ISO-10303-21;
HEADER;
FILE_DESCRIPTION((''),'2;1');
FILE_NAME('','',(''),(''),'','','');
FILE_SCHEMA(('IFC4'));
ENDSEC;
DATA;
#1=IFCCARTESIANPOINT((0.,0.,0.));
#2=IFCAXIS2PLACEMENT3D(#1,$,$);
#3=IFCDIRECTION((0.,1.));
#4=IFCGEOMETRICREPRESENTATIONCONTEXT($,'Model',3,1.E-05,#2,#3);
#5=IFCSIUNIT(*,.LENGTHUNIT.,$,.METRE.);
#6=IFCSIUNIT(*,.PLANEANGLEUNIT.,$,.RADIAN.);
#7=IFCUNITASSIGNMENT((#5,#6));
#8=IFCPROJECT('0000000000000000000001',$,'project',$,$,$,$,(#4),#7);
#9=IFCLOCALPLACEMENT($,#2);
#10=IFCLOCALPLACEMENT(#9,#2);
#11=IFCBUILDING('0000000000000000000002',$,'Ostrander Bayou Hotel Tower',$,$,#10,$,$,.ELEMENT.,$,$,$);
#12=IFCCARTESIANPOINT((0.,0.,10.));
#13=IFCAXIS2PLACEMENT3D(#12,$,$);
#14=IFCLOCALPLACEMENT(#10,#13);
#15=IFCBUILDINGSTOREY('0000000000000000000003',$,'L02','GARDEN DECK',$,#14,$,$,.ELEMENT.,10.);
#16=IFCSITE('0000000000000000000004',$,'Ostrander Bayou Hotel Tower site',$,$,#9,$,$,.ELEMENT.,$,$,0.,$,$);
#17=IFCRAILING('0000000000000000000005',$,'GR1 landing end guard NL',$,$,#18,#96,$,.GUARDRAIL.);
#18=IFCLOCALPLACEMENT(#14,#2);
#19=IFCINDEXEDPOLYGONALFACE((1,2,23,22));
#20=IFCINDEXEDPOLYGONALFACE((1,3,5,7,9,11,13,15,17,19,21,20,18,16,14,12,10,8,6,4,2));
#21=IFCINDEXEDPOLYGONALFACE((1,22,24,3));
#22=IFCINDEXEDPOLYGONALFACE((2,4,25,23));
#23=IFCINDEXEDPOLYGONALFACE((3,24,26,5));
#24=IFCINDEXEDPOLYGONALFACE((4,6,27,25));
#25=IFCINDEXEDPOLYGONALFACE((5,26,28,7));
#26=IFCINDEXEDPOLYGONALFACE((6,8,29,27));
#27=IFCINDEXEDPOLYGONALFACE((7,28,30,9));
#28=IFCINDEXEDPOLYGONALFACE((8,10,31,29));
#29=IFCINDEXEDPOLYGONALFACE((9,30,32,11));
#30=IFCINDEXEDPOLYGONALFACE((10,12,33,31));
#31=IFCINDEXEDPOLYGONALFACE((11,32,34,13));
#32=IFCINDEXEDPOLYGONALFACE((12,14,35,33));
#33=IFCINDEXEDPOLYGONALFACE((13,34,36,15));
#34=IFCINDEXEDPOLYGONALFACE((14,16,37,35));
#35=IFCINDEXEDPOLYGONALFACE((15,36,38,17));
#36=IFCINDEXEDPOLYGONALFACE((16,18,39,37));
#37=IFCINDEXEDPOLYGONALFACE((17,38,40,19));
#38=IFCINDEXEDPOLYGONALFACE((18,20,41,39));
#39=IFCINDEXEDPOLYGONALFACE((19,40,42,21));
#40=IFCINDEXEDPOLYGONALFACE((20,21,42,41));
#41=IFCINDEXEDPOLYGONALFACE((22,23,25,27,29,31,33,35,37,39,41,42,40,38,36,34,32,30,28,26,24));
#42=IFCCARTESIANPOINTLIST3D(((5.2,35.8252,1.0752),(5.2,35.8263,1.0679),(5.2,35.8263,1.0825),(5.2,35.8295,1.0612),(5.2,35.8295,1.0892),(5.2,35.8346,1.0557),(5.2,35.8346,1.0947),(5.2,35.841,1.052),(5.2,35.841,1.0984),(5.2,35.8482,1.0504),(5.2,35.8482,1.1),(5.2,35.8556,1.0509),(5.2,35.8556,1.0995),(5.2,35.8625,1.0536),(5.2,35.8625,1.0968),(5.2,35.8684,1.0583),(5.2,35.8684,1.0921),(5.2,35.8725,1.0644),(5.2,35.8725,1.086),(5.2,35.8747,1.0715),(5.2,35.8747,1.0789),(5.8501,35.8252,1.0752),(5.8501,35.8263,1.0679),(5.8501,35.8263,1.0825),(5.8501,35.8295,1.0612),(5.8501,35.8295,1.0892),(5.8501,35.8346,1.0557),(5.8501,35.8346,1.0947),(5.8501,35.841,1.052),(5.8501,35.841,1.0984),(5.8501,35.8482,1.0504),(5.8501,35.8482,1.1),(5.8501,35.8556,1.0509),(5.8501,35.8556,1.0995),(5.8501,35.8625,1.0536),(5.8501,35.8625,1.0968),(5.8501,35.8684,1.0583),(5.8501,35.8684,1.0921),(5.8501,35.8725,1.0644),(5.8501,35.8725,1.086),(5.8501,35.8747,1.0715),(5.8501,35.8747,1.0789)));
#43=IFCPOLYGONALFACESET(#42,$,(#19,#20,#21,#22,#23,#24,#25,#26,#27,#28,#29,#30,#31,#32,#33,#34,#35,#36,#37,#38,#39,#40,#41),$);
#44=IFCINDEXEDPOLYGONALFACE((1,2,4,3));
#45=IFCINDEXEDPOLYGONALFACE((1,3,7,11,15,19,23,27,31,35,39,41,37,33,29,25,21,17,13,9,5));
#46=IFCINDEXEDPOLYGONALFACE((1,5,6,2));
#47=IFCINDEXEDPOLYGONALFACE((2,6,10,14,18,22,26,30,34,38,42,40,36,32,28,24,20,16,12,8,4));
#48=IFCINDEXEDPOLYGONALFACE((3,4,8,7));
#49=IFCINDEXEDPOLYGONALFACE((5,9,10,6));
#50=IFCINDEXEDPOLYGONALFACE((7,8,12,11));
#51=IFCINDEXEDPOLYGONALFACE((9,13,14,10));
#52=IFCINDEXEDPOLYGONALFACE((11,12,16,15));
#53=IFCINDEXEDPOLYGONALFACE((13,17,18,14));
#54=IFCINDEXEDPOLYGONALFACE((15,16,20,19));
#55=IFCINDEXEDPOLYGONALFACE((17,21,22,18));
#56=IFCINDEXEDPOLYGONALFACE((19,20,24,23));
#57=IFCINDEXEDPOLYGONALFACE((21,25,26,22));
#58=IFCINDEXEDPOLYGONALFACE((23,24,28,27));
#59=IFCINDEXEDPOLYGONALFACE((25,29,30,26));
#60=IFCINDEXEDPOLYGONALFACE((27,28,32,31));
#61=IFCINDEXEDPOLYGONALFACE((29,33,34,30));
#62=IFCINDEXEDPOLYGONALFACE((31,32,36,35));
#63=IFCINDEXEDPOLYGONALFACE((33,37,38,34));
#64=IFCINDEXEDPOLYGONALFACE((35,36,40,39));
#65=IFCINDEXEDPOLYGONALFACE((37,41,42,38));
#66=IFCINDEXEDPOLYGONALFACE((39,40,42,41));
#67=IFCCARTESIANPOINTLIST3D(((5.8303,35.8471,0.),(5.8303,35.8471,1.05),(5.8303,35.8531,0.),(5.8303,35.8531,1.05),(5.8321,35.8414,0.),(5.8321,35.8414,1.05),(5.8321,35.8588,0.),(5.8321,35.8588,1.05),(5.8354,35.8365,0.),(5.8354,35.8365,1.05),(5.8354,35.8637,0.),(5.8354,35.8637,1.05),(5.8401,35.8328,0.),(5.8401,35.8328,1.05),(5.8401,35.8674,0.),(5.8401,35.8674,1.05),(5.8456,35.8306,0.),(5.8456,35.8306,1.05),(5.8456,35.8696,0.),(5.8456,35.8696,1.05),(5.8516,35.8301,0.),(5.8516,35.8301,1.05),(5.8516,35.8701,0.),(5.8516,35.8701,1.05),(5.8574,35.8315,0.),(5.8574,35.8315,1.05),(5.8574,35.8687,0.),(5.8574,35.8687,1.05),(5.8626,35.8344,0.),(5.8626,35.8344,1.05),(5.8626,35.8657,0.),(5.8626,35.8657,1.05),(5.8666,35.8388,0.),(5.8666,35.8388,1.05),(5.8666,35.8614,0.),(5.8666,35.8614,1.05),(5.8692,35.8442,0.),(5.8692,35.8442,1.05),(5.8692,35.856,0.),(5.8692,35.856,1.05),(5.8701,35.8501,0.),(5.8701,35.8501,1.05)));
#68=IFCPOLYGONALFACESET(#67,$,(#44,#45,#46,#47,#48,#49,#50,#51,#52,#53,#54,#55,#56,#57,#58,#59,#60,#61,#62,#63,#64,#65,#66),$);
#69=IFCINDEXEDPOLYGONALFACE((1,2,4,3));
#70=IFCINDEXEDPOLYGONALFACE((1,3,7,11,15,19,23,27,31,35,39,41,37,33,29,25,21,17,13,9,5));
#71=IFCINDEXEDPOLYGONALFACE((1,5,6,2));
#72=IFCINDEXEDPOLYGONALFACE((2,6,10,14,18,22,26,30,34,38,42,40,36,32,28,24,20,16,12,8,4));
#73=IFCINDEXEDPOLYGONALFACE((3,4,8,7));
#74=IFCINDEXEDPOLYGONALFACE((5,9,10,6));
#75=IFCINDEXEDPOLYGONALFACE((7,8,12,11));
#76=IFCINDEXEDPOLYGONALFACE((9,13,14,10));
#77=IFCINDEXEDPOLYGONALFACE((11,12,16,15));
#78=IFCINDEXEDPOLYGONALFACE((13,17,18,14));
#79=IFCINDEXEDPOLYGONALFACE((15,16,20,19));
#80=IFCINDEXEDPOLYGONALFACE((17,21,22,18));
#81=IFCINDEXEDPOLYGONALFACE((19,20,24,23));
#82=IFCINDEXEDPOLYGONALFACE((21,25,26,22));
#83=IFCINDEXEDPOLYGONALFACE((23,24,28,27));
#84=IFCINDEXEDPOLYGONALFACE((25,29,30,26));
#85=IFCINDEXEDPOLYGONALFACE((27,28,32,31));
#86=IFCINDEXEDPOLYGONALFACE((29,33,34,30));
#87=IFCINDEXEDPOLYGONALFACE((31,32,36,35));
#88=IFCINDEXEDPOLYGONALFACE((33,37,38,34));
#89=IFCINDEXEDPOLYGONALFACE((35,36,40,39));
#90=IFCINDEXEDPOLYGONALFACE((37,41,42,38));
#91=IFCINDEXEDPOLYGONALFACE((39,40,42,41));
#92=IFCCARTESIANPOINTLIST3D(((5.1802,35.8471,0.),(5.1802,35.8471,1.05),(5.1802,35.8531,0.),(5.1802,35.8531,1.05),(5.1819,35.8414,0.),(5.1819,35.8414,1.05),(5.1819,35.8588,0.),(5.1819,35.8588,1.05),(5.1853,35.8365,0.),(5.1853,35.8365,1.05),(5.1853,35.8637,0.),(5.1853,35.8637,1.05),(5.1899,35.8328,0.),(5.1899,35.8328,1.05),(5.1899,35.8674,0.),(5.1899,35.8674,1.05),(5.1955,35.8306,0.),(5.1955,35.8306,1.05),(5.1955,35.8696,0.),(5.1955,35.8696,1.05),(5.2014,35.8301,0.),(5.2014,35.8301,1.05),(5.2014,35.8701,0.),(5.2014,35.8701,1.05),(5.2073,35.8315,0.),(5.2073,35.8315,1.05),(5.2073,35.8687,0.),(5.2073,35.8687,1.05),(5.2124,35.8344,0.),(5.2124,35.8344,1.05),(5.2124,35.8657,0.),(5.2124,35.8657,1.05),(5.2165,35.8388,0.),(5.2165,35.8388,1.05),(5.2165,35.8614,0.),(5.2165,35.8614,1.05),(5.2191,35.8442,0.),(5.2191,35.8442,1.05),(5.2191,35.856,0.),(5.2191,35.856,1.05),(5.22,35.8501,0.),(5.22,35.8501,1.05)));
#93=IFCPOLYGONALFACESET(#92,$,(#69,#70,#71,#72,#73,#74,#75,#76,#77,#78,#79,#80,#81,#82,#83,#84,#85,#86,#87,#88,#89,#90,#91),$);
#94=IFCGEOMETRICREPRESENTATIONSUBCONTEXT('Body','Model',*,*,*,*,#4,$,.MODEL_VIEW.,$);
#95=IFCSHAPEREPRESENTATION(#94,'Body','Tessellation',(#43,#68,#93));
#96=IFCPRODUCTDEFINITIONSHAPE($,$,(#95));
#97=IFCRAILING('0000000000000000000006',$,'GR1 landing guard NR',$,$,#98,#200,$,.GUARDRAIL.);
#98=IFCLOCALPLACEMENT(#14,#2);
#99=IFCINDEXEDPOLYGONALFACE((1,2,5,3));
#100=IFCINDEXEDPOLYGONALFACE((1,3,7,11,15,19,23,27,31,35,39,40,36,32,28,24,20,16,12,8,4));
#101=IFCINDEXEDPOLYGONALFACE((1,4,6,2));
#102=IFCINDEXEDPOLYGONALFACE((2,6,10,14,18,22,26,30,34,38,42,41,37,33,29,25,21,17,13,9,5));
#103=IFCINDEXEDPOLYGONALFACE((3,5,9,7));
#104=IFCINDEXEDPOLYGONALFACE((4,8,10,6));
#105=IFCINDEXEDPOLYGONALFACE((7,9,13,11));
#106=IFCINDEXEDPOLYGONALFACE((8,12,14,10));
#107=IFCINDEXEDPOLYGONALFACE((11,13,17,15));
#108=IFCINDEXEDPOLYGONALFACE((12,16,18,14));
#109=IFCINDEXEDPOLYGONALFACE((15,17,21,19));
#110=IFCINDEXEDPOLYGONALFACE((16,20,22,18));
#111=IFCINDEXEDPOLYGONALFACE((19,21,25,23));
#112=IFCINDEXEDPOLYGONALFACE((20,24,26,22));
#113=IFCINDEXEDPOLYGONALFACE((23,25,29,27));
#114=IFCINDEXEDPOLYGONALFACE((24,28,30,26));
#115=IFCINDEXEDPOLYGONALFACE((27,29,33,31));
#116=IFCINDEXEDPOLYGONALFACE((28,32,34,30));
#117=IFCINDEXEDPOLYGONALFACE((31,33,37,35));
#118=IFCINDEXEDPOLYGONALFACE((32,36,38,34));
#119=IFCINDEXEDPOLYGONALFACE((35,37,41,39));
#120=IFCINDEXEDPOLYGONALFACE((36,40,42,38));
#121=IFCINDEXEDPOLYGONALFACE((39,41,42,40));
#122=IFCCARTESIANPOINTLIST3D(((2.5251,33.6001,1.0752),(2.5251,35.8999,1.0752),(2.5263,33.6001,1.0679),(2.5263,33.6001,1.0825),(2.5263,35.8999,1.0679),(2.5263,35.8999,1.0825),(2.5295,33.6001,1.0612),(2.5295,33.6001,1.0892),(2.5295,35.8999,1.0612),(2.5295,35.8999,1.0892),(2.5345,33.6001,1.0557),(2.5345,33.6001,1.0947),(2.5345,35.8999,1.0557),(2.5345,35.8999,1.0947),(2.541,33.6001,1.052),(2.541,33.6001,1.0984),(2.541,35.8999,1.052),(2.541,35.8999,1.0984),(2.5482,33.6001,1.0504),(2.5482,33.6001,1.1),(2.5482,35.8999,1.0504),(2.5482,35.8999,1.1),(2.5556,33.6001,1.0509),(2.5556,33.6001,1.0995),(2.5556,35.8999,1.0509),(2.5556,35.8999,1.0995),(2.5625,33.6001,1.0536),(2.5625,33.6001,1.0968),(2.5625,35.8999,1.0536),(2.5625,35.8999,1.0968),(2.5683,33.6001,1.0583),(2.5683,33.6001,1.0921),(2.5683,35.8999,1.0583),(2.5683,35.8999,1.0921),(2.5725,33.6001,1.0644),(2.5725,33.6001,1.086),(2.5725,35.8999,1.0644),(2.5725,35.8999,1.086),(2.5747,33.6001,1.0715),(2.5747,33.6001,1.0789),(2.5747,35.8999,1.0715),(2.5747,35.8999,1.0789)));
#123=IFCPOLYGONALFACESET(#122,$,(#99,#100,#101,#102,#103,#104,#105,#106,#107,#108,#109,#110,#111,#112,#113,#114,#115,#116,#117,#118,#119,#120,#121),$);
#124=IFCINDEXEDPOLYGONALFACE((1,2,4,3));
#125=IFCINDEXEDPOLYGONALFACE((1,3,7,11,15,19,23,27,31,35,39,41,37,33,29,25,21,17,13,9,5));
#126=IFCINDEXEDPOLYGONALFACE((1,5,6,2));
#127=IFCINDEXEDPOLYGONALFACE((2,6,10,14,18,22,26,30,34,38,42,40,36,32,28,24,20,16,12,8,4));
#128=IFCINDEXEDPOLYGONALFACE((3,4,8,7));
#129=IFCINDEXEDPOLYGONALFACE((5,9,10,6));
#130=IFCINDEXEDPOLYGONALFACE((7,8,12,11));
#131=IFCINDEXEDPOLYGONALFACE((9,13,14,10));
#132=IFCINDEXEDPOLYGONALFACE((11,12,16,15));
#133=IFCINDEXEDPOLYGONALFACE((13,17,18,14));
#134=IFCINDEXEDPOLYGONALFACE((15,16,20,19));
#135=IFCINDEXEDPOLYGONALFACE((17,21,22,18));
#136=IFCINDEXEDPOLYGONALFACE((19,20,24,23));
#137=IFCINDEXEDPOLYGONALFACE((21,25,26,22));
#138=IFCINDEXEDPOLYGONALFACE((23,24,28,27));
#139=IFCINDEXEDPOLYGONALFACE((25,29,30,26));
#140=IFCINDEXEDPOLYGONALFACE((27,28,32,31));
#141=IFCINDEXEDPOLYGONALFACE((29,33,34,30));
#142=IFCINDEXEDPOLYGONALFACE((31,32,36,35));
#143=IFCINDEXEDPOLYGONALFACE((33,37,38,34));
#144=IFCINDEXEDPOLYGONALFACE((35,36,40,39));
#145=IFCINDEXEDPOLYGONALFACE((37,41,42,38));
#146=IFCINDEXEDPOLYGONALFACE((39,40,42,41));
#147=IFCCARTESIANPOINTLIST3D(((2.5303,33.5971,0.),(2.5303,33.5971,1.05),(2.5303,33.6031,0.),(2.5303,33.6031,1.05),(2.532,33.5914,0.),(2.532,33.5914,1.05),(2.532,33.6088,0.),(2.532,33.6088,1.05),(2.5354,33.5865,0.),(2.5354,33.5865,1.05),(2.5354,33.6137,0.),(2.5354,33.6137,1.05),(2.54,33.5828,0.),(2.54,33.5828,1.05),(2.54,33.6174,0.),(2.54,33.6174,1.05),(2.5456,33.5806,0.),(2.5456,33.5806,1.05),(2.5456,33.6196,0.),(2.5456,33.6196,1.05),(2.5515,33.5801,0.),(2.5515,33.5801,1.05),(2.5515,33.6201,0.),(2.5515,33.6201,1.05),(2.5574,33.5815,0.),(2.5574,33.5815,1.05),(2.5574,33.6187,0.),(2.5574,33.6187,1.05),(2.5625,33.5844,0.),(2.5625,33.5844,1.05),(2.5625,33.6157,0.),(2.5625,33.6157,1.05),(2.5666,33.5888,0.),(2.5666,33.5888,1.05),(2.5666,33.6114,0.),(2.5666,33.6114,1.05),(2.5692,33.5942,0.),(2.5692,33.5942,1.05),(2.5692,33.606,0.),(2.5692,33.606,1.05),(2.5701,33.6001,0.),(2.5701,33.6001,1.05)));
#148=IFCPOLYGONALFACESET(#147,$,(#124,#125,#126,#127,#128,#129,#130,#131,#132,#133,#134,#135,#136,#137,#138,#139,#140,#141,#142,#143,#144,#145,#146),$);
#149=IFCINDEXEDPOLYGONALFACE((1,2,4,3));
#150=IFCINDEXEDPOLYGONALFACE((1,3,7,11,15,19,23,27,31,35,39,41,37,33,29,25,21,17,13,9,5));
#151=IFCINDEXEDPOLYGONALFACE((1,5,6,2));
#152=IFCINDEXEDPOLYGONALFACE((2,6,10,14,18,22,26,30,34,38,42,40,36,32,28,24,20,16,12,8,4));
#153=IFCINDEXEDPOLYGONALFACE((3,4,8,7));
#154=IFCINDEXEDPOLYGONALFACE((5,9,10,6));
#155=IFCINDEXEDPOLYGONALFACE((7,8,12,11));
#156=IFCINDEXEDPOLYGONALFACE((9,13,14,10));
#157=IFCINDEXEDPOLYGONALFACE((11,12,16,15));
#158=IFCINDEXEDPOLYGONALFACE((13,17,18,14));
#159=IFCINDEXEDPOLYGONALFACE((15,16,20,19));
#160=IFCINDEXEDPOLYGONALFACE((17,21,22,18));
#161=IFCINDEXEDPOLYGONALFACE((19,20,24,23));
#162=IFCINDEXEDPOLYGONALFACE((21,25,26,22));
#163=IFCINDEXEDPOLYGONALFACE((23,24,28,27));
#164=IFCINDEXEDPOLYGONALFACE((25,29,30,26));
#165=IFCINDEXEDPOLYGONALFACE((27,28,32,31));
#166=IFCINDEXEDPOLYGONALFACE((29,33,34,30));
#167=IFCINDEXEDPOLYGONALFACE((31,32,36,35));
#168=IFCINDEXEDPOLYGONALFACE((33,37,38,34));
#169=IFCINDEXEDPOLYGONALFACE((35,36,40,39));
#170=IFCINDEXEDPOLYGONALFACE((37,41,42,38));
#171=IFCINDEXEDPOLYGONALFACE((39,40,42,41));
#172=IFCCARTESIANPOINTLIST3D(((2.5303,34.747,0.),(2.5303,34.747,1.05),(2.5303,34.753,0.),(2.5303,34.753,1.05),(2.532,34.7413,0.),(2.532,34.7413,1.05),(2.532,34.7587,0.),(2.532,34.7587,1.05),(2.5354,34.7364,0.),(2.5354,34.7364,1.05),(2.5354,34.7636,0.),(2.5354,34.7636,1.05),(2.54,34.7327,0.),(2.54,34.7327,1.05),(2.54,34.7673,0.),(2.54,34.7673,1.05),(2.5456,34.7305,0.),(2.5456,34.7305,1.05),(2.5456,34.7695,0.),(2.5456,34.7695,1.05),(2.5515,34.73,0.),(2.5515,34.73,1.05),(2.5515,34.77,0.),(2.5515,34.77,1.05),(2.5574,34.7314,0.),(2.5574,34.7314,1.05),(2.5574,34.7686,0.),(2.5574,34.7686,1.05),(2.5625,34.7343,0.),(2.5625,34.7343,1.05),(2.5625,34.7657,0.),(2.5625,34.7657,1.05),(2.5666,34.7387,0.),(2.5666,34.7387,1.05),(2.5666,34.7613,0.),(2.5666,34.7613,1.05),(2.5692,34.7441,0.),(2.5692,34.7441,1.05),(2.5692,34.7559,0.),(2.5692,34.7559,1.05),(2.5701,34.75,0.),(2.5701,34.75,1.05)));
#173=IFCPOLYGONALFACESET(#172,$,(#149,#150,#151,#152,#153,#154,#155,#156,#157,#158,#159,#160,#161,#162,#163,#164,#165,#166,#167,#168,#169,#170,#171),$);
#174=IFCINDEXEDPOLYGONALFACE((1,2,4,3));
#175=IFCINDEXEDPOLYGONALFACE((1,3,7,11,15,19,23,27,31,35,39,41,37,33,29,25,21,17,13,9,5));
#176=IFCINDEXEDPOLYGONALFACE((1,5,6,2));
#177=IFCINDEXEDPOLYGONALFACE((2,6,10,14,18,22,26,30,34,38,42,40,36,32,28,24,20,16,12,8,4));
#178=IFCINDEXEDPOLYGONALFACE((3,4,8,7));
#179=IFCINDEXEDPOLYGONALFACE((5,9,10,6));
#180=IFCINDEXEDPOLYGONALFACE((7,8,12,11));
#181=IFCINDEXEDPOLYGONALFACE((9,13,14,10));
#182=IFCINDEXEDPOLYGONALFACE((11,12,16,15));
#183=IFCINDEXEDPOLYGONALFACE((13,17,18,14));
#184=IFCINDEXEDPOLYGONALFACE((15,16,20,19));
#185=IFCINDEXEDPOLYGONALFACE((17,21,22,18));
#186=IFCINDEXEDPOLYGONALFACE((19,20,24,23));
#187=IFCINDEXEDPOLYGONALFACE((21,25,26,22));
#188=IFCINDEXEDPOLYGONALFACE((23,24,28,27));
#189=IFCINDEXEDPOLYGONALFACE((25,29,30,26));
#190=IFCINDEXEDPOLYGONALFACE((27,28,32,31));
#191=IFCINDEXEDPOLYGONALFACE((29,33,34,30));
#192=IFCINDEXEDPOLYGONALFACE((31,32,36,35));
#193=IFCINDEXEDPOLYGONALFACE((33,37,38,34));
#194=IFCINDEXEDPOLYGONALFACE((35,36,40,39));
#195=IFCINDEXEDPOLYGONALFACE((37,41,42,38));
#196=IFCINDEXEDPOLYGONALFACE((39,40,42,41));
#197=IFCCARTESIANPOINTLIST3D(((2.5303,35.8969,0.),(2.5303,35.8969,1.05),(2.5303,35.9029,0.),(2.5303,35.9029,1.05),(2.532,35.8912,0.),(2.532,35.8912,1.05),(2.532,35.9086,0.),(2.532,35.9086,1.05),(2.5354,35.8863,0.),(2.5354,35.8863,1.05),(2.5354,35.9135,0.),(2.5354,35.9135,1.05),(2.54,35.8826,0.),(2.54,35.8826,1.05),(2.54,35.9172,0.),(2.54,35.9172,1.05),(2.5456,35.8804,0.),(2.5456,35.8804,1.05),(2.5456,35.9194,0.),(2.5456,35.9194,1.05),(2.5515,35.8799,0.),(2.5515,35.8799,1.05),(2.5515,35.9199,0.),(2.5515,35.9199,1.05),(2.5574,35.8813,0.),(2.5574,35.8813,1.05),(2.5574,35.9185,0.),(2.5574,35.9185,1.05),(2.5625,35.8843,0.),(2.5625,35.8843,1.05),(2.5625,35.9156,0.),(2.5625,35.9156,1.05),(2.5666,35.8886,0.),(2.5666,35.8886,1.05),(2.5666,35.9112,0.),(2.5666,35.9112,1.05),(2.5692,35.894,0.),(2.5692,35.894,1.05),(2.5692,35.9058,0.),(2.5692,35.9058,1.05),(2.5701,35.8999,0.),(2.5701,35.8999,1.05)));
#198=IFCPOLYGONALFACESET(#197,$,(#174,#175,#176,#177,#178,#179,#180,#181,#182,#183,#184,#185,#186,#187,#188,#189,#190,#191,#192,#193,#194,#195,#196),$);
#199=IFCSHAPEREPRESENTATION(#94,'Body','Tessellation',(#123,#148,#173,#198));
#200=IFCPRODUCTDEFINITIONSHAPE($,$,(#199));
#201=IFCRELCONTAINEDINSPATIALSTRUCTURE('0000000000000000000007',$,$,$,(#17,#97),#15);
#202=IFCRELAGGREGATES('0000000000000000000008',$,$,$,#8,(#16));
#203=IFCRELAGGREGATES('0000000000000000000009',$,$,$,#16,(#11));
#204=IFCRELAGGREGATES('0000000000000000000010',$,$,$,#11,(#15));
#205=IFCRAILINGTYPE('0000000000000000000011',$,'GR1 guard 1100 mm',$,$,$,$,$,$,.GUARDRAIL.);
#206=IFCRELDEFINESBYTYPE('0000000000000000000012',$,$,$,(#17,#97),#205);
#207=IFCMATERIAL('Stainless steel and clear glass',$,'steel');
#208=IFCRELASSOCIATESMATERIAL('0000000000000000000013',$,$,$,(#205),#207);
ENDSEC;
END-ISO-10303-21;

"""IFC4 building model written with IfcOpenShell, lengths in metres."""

from ifc_helpers import new_model, si_unit, direction, frame, origin, origin_2d, place, context, subcontext, project, spatial, circle, extrude, material, type_object, element, save


model = new_model("IFC4")

# Units and contexts
model_context = context("Model", 3, precision=1e-05, world=origin(), true_north=direction((0.0, 1.0)))
body_context = subcontext(model_context, "Body", "Model", "MODEL_VIEW")
ifc_project = project(units=[si_unit("LENGTHUNIT", "METRE"), si_unit("PLANEANGLEUNIT", "RADIAN")], contexts=[model_context])

# Site, building, storey
site_placement = place(None, origin())
site = spatial("IfcSite", under=ifc_project, at=site_placement, Name="Ostrander Bayou Hotel Tower site", CompositionType="ELEMENT", RefElevation=0.0)
building_placement = place(site_placement, origin())
building = spatial("IfcBuilding", under=site, at=building_placement, Name="Ostrander Bayou Hotel Tower", CompositionType="ELEMENT")
storey_placement = place(building_placement, frame((0.0, 0.0, 10.0)))
storey = spatial("IfcBuildingStorey", under=building, at=storey_placement, Name="L02", Description="GARDEN DECK", CompositionType="ELEMENT", Elevation=10.0)

# Railings
ifc_material_1 = material(Name="Stainless steel and clear glass", Category="steel")
railing_type = type_object("IfcRailingType", Name="GR1 guard 1100 mm", PredefinedType="GUARDRAIL", material=ifc_material_1)
railing_1_placement = place(storey_placement, frame((5.8501, 35.8501, 0.0)))
element("IfcRailing", 1, at=railing_1_placement, inside=storey, type_object=railing_type, Name="GR1 landing end guard NL", PredefinedType="GUARDRAIL", context=body_context, shape_type="SweptSolid", body=[
    extrude(circle(Radius=0.0249, at=origin_2d()), frame((0.0, 0.0, 1.0752), z_axis=(-1.0, 0.0, 0.0), x_axis=(0.0, -1.0, 0.0)), (0.0, 0.0, 1.0), 0.6501),
    extrude(circle(Radius=0.02, at=origin_2d()), origin(), (0.0, 0.0, 1.0), 1.05),
    extrude(circle(Radius=0.02, at=origin_2d()), frame((-0.6501, 0.0, 0.0)), (0.0, 0.0, 1.0), 1.05),
])
railing_2_placement = place(storey_placement, frame((2.55, 33.6001, 0.0)))
element("IfcRailing", 2, at=railing_2_placement, inside=storey, type_object=railing_type, Name="GR1 landing guard NR", PredefinedType="GUARDRAIL", context=body_context, shape_type="SweptSolid", body=[
    extrude(circle(Radius=0.0249, at=origin_2d()), frame((0.0, 0.0, 1.0752), z_axis=(0.0, 1.0, 0.0), x_axis=(-1.0, 0.0, 0.0)), (0.0, 0.0, 1.0), 2.2998),
    extrude(circle(Radius=0.02, at=origin_2d()), origin(), (0.0, 0.0, 1.0), 1.05),
    extrude(circle(Radius=0.02, at=origin_2d()), frame((0.0, 1.1499, 0.0)), (0.0, 0.0, 1.0), 1.05),
    extrude(circle(Radius=0.02, at=origin_2d()), frame((0.0, 2.2998, 0.0)), (0.0, 0.0, 1.0), 1.05),
])

save(model, "model.ifc")
